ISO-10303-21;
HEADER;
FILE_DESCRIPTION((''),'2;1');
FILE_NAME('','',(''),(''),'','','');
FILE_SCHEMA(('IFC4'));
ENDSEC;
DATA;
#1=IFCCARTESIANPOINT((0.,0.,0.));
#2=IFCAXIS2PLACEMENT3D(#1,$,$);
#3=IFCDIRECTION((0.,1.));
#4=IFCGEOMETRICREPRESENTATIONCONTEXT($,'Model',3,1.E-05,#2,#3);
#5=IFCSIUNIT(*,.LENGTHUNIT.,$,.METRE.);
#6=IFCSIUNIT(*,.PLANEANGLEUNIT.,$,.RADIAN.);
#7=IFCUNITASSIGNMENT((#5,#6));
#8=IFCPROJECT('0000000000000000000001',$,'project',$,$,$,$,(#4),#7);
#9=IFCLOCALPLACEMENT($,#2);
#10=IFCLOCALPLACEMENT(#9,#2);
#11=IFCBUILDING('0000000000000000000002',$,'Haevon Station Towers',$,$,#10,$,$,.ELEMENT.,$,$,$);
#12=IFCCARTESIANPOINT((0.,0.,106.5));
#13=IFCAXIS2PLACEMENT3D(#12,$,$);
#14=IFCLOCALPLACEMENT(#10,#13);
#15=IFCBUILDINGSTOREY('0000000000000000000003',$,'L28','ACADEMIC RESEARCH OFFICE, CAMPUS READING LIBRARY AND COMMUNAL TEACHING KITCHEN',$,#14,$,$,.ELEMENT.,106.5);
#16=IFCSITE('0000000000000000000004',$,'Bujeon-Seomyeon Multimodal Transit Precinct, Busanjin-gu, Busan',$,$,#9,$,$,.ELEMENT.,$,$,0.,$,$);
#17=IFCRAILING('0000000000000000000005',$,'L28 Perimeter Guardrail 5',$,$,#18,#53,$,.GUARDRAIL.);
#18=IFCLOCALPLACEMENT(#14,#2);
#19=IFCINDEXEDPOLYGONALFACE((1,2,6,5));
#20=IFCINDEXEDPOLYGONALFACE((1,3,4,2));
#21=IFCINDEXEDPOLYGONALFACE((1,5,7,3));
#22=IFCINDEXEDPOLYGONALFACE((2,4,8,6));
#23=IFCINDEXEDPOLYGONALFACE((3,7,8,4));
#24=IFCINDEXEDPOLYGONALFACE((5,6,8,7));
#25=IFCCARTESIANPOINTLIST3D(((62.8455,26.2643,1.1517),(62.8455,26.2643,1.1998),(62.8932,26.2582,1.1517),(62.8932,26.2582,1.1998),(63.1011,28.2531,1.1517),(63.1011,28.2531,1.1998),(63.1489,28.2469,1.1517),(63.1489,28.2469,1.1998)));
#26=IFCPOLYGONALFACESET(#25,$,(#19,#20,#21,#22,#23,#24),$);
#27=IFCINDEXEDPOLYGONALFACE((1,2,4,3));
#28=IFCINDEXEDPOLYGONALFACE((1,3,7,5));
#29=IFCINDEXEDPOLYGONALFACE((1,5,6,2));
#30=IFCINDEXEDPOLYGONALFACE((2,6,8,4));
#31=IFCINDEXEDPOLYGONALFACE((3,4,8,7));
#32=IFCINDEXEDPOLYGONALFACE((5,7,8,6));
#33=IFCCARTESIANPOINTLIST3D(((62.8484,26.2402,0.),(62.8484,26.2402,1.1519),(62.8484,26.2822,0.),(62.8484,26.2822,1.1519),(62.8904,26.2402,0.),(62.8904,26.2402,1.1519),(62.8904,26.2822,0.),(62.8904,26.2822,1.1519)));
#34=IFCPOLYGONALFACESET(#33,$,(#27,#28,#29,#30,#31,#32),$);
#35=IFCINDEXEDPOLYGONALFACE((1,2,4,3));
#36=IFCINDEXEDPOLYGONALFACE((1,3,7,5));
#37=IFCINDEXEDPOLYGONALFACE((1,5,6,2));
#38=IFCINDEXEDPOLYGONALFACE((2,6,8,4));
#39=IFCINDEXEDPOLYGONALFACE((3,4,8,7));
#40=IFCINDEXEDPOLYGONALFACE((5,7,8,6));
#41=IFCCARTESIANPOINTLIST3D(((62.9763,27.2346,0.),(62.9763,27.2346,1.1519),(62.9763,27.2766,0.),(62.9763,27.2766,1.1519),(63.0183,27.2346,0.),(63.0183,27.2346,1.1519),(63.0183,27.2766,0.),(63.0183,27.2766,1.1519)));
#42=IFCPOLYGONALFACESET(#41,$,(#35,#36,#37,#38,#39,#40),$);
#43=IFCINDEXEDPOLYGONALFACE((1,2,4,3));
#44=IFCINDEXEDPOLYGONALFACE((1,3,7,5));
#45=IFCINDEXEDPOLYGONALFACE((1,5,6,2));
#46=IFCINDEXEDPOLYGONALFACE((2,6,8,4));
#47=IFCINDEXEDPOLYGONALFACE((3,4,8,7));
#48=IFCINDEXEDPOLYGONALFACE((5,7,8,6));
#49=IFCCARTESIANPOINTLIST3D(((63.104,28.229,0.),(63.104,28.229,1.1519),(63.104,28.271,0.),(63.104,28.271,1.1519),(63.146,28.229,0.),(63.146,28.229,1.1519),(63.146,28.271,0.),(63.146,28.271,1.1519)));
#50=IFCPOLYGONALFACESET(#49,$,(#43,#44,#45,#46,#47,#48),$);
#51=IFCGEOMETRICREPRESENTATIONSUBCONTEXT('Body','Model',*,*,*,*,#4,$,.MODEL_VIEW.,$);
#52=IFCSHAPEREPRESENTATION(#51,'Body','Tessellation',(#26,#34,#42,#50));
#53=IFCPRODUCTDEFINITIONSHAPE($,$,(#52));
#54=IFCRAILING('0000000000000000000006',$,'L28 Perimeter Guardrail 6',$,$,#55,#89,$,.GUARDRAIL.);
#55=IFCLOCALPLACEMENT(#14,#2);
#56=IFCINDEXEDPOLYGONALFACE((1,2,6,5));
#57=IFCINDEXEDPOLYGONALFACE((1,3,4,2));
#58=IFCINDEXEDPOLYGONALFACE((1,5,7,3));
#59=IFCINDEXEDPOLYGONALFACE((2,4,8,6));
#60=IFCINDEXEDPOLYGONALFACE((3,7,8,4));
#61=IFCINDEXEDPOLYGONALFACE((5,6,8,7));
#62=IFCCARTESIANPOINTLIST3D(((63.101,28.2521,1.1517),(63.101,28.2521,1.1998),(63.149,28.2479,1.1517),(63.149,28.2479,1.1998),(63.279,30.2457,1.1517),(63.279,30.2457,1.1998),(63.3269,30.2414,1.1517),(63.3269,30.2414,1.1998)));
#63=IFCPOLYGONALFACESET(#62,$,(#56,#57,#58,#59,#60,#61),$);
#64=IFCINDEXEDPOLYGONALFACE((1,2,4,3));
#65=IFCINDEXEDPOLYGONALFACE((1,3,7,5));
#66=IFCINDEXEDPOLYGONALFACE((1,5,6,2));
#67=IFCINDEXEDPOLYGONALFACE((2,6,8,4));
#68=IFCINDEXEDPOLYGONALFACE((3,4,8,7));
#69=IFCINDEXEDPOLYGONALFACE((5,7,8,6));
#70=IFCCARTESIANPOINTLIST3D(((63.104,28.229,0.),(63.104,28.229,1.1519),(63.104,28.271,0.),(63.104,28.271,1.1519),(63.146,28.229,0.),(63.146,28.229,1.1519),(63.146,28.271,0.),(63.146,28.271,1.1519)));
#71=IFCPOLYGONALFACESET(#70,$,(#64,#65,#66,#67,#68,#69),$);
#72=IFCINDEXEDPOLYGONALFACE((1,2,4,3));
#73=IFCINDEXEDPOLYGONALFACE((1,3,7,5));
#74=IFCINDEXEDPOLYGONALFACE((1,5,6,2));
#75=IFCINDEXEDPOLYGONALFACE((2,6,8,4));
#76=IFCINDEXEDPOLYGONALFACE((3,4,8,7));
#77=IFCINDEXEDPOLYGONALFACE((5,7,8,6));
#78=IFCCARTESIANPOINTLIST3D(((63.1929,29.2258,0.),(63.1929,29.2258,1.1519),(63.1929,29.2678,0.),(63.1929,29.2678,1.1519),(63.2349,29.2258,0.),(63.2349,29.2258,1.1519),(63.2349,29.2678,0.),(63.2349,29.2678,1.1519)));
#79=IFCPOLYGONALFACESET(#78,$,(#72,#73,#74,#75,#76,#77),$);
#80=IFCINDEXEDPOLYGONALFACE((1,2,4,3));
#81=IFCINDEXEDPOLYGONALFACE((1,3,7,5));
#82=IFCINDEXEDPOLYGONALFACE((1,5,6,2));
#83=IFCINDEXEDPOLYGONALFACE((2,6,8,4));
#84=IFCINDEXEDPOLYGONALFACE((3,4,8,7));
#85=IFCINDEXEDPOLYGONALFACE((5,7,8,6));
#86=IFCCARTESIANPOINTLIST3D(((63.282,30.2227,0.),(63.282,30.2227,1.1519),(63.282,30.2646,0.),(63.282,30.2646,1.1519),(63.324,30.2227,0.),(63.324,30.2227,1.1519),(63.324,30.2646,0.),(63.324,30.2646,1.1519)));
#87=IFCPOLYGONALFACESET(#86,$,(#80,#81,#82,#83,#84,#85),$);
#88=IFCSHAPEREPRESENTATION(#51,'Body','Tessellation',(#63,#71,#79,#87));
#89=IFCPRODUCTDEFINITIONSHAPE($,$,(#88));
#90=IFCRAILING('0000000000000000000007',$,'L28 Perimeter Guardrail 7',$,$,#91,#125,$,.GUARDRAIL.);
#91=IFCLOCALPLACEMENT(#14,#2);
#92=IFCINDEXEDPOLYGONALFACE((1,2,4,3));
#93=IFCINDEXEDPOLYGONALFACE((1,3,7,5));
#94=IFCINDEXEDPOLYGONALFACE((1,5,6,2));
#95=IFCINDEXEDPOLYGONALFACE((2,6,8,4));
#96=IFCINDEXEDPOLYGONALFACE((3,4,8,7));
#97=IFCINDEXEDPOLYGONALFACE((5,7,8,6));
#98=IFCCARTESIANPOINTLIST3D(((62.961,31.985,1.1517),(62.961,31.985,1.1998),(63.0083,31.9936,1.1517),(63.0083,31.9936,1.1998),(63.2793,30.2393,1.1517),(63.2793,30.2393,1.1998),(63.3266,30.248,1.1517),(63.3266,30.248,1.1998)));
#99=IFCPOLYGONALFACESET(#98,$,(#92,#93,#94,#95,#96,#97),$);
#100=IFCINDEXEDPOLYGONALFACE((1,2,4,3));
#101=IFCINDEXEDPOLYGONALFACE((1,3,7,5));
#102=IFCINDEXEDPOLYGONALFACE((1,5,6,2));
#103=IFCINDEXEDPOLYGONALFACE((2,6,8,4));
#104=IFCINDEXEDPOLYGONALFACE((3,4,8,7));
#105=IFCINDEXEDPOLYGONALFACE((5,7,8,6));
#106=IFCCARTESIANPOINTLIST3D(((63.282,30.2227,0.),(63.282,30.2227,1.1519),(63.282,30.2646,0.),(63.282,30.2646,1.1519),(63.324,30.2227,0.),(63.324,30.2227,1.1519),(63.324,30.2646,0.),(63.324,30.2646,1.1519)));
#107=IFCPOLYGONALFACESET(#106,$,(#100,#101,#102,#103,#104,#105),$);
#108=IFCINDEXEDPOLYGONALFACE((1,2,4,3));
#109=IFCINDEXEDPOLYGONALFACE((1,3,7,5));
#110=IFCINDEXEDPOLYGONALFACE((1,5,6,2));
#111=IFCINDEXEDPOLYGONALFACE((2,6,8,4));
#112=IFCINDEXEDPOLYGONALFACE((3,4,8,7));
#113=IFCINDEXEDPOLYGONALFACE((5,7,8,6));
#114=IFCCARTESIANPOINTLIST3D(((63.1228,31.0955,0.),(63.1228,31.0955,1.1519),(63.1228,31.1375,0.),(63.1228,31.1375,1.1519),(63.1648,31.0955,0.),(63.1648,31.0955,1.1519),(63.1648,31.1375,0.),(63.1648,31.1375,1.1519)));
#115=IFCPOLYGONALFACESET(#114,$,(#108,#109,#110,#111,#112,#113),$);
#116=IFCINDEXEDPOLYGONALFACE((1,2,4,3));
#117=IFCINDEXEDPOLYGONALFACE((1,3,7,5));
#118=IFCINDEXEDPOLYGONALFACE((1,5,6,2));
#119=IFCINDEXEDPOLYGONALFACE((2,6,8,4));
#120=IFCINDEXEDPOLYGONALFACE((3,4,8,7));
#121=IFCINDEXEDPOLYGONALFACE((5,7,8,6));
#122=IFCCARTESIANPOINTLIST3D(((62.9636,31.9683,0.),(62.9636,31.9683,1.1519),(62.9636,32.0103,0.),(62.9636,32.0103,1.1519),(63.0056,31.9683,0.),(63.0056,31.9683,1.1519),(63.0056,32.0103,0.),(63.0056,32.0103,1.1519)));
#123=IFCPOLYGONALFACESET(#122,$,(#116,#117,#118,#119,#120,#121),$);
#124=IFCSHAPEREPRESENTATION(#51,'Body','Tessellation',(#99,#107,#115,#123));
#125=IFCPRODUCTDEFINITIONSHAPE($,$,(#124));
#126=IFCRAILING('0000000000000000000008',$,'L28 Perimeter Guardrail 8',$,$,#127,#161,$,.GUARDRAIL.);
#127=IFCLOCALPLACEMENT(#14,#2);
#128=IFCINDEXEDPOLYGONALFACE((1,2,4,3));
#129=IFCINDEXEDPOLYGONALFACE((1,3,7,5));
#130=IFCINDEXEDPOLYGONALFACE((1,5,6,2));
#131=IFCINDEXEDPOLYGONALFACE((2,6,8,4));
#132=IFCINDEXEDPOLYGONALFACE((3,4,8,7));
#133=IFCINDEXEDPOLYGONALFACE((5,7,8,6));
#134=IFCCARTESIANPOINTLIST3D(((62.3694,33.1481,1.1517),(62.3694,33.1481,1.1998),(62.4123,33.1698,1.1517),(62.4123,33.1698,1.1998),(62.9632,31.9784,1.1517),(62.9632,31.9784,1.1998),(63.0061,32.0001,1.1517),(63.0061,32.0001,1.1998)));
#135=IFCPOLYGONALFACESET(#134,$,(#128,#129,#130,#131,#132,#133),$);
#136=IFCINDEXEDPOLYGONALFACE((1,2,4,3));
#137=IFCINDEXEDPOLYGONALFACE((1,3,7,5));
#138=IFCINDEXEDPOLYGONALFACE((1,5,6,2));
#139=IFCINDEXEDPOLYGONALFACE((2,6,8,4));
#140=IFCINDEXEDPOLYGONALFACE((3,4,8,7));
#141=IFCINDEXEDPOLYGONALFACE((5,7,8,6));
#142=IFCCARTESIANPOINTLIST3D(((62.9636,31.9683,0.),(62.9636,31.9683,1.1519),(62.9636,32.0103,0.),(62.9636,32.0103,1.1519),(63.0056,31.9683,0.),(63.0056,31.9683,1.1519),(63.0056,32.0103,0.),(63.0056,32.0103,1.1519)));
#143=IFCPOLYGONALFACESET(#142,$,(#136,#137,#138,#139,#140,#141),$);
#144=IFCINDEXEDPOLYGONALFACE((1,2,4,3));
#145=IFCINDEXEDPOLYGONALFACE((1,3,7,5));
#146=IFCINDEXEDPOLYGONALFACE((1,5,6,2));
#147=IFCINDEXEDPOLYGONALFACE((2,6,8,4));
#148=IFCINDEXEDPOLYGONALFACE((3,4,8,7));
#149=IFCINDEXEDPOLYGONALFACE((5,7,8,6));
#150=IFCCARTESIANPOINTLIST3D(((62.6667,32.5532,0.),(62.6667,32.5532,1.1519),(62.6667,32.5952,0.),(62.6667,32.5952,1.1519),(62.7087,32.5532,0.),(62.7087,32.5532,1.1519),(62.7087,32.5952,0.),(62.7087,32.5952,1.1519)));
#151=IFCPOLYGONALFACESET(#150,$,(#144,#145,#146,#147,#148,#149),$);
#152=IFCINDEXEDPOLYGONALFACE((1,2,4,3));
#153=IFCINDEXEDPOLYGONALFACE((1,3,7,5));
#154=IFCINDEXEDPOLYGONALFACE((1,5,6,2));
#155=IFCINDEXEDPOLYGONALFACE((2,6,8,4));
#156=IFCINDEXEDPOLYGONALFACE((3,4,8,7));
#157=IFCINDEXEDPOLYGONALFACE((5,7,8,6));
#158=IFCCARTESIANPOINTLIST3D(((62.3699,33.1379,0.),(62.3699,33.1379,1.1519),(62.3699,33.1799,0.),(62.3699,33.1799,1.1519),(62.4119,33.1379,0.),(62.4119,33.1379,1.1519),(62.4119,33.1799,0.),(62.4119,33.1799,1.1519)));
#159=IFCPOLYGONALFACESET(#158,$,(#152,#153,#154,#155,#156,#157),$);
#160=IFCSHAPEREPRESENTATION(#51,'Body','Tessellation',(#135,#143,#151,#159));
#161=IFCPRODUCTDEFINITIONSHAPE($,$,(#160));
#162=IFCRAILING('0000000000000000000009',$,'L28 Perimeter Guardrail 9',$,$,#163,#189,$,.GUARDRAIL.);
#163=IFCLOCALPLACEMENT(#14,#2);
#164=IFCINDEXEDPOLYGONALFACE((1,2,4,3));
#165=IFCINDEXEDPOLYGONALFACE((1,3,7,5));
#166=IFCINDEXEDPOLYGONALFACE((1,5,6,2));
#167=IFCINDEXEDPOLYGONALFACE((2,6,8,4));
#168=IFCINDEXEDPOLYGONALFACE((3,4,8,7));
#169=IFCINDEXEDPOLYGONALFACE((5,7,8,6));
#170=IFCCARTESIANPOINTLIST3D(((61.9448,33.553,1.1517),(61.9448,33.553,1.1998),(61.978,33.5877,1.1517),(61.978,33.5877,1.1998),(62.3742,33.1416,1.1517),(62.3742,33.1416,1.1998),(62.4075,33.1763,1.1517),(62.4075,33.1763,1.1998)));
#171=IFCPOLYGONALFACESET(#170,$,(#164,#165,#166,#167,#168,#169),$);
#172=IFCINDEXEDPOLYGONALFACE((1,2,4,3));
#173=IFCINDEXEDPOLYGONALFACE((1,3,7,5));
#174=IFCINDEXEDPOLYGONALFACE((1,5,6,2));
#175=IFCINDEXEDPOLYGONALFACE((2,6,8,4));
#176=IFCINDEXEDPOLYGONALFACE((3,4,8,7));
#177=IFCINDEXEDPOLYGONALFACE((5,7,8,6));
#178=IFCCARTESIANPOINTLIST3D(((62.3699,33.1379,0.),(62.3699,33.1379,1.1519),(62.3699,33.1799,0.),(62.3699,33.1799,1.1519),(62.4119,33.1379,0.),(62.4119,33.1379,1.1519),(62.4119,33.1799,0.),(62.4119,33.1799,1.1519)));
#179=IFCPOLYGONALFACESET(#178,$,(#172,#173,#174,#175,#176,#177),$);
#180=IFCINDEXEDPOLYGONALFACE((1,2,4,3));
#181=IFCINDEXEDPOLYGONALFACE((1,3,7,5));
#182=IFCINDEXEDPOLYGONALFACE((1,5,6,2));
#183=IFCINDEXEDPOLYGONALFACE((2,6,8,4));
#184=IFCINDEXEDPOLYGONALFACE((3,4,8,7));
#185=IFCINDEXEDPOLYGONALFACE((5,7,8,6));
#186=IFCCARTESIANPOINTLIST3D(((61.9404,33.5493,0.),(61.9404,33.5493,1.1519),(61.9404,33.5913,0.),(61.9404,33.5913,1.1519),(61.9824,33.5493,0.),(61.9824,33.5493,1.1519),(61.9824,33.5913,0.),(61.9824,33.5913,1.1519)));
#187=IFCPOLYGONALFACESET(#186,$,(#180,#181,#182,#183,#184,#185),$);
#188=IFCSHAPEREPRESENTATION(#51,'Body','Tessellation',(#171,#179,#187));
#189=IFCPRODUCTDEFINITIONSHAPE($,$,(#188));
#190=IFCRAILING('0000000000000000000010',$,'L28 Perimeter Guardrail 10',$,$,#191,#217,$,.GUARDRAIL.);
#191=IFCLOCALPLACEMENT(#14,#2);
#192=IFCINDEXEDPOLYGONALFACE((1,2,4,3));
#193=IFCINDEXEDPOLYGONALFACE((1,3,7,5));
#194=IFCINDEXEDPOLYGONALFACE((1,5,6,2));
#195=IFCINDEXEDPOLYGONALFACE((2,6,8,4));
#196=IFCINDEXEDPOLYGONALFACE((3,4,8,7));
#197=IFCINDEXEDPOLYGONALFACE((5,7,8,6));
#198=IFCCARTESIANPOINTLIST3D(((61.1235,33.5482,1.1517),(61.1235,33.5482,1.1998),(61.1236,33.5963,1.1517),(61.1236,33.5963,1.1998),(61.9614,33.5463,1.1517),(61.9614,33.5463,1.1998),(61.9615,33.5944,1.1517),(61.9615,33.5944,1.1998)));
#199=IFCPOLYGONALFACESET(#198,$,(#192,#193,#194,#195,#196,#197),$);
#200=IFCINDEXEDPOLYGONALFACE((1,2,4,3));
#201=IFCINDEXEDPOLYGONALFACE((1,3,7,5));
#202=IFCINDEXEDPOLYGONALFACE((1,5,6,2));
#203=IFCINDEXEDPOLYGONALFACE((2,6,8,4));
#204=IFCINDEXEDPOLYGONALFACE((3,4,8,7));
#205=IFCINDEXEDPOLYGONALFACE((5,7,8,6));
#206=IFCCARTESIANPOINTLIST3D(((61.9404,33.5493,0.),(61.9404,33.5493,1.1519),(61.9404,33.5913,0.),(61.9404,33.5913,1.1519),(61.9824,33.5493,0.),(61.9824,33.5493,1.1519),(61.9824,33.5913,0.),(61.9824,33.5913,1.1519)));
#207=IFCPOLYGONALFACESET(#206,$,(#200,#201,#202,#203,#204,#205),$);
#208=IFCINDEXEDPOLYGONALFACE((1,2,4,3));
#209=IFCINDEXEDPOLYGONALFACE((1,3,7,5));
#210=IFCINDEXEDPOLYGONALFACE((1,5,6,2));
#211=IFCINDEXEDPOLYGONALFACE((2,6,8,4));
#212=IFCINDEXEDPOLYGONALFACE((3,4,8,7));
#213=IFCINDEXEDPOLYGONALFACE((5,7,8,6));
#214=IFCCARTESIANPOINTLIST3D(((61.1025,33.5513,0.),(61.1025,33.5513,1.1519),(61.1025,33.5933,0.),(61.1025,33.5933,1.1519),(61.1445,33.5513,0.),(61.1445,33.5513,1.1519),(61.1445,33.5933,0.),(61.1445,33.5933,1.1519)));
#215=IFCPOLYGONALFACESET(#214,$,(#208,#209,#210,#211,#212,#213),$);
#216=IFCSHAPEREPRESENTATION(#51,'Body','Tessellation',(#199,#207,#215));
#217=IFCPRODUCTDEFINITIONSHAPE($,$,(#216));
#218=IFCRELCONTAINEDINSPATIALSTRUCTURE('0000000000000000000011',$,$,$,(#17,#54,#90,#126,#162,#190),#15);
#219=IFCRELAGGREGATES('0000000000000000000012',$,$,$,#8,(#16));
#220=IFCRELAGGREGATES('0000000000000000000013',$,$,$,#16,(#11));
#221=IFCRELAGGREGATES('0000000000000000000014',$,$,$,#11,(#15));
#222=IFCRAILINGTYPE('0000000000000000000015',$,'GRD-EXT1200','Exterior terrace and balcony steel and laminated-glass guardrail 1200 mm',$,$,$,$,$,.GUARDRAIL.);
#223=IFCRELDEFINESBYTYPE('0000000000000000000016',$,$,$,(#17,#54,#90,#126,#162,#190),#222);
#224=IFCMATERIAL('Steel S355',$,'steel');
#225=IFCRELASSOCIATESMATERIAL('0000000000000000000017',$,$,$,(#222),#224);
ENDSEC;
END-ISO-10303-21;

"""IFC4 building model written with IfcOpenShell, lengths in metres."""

from ifc_helpers import new_model, si_unit, direction, frame, origin, origin_2d, place, context, subcontext, project, spatial, rectangle, extrude, material, type_object, element, save


model = new_model("IFC4")

# Units and contexts
model_context = context("Model", 3, precision=1e-05, world=origin(), true_north=direction((0.0, 1.0)))
body_context = subcontext(model_context, "Body", "Model", "MODEL_VIEW")
ifc_project = project(units=[si_unit("LENGTHUNIT", "METRE"), si_unit("PLANEANGLEUNIT", "RADIAN")], contexts=[model_context])

# Site, building, storey
site_placement = place(None, origin())
site = spatial("IfcSite", under=ifc_project, at=site_placement, Name="Bujeon-Seomyeon Multimodal Transit Precinct, Busanjin-gu, Busan", CompositionType="ELEMENT", RefElevation=0.0)
building_placement = place(site_placement, origin())
building = spatial("IfcBuilding", under=site, at=building_placement, Name="Haevon Station Towers", CompositionType="ELEMENT")
storey_placement = place(building_placement, frame((0.0, 0.0, 106.5)))
storey = spatial("IfcBuildingStorey", under=building, at=storey_placement, Name="L28", Description="ACADEMIC RESEARCH OFFICE, CAMPUS READING LIBRARY AND COMMUNAL TEACHING KITCHEN", CompositionType="ELEMENT", Elevation=106.5)

# Shared definitions
ifc_material_1 = material(Name="Steel S355", Category="steel")

# Railings
railing_type = type_object("IfcRailingType", Name="GRD-EXT1200", Description="Exterior terrace and balcony steel and laminated-glass guardrail 1200 mm", PredefinedType="GUARDRAIL", material=ifc_material_1)
railing_1_placement = place(storey_placement, frame((62.8694, 26.2612, 0.0)))
element("IfcRailing", 1, at=railing_1_placement, inside=storey, type_object=railing_type, Name="L28 Perimeter Guardrail 5", PredefinedType="GUARDRAIL", context=body_context, shape_type="SweptSolid", body=[
    extrude(rectangle(XDim=0.0481, YDim=0.0481, at=origin_2d()), frame((0.0, 0.0, 1.1758), z_axis=(0.127481, 0.991841, 0.0), x_axis=(-0.991841, 0.127481, 0.0)), (0.0, 0.0, 1.0), 2.0051),
    extrude(rectangle(XDim=0.042, YDim=0.042, at=origin_2d()), origin(), (0.0, 0.0, 1.0), 1.1519),
    extrude(rectangle(XDim=0.042, YDim=0.042, at=origin_2d()), frame((0.1279, 0.9944, 0.0)), (0.0, 0.0, 1.0), 1.1519),
    extrude(rectangle(XDim=0.042, YDim=0.042, at=origin_2d()), frame((0.2556, 1.9888, 0.0)), (0.0, 0.0, 1.0), 1.1519),
])
railing_2_placement = place(storey_placement, frame((63.125, 28.25, 0.0)))
element("IfcRailing", 2, at=railing_2_placement, inside=storey, type_object=railing_type, Name="L28 Perimeter Guardrail 6", PredefinedType="GUARDRAIL", context=body_context, shape_type="SweptSolid", body=[
    extrude(rectangle(XDim=0.0481, YDim=0.0481, at=origin_2d()), frame((0.0, 0.0, 1.1758), z_axis=(0.088919, 0.996039, 0.0), x_axis=(-0.996039, 0.088919, 0.0)), (0.0, 0.0, 1.0), 2.0015),
    extrude(rectangle(XDim=0.042, YDim=0.042, at=origin_2d()), origin(), (0.0, 0.0, 1.0), 1.1519),
    extrude(rectangle(XDim=0.042, YDim=0.042, at=origin_2d()), frame((0.0889, 0.9968, 0.0)), (0.0, 0.0, 1.0), 1.1519),
    extrude(rectangle(XDim=0.042, YDim=0.042, at=origin_2d()), frame((0.178, 1.9937, 0.0)), (0.0, 0.0, 1.0), 1.1519),
])
railing_3_placement = place(storey_placement, frame((63.303, 30.2437, 0.0)))
element("IfcRailing", 3, at=railing_3_placement, inside=storey, type_object=railing_type, Name="L28 Perimeter Guardrail 7", PredefinedType="GUARDRAIL", context=body_context, shape_type="SweptSolid", body=[
    extrude(rectangle(XDim=0.0481, YDim=0.0481, at=origin_2d()), frame((0.0, 0.0, 1.1758), z_axis=(-0.179418, 0.983773, 0.0), x_axis=(-0.983773, -0.179418, 0.0)), (0.0, 0.0, 1.0), 1.7744),
    extrude(rectangle(XDim=0.042, YDim=0.042, at=origin_2d()), origin(), (0.0, 0.0, 1.0), 1.1519),
    extrude(rectangle(XDim=0.042, YDim=0.042, at=origin_2d()), frame((-0.1592, 0.8728, 0.0)), (0.0, 0.0, 1.0), 1.1519),
    extrude(rectangle(XDim=0.042, YDim=0.042, at=origin_2d()), frame((-0.3184, 1.7456, 0.0)), (0.0, 0.0, 1.0), 1.1519),
])
railing_4_placement = place(storey_placement, frame((62.9846, 31.9893, 0.0)))
element("IfcRailing", 4, at=railing_4_placement, inside=storey, type_object=railing_type, Name="L28 Perimeter Guardrail 8", PredefinedType="GUARDRAIL", context=body_context, shape_type="SweptSolid", body=[
    extrude(rectangle(XDim=0.0481, YDim=0.0481, at=origin_2d()), frame((0.0, 0.0, 1.1758), z_axis=(-0.45264, 0.891693, 0.0), x_axis=(-0.891693, -0.45264, 0.0)), (0.0, 0.0, 1.0), 1.3118),
    extrude(rectangle(XDim=0.042, YDim=0.042, at=origin_2d()), origin(), (0.0, 0.0, 1.0), 1.1519),
    extrude(rectangle(XDim=0.042, YDim=0.042, at=origin_2d()), frame((-0.2969, 0.585, 0.0)), (0.0, 0.0, 1.0), 1.1519),
    extrude(rectangle(XDim=0.042, YDim=0.042, at=origin_2d()), frame((-0.5938, 1.1697, 0.0)), (0.0, 0.0, 1.0), 1.1519),
])
railing_5_placement = place(storey_placement, frame((62.3909, 33.1589, 0.0)))
element("IfcRailing", 5, at=railing_5_placement, inside=storey, type_object=railing_type, Name="L28 Perimeter Guardrail 9", PredefinedType="GUARDRAIL", context=body_context, shape_type="SweptSolid", body=[
    extrude(rectangle(XDim=0.0481, YDim=0.0481, at=origin_2d()), frame((0.0, 0.0, 1.1758), z_axis=(-0.722133, 0.691754, 0.0), x_axis=(-0.691754, -0.722133, 0.0)), (0.0, 0.0, 1.0), 0.5947),
    extrude(rectangle(XDim=0.042, YDim=0.042, at=origin_2d()), origin(), (0.0, 0.0, 1.0), 1.1519),
    extrude(rectangle(XDim=0.042, YDim=0.042, at=origin_2d()), frame((-0.4294, 0.4114, 0.0)), (0.0, 0.0, 1.0), 1.1519),
])
railing_6_placement = place(storey_placement, frame((61.9614, 33.5703, 0.0)))
element("IfcRailing", 6, at=railing_6_placement, inside=storey, type_object=railing_type, Name="L28 Perimeter Guardrail 10", PredefinedType="GUARDRAIL", context=body_context, shape_type="SweptSolid", body=[
    extrude(rectangle(XDim=0.0481, YDim=0.0481, at=origin_2d()), frame((0.0, 0.0, 1.1758), z_axis=(-0.999997, 0.002331, 0.0), x_axis=(-0.002331, -0.999997, 0.0)), (0.0, 0.0, 1.0), 0.8379),
    extrude(rectangle(XDim=0.042, YDim=0.042, at=origin_2d()), origin(), (0.0, 0.0, 1.0), 1.1519),
    extrude(rectangle(XDim=0.042, YDim=0.042, at=origin_2d()), frame((-0.8379, 0.002, 0.0)), (0.0, 0.0, 1.0), 1.1519),
])

save(model, "model.ifc")
